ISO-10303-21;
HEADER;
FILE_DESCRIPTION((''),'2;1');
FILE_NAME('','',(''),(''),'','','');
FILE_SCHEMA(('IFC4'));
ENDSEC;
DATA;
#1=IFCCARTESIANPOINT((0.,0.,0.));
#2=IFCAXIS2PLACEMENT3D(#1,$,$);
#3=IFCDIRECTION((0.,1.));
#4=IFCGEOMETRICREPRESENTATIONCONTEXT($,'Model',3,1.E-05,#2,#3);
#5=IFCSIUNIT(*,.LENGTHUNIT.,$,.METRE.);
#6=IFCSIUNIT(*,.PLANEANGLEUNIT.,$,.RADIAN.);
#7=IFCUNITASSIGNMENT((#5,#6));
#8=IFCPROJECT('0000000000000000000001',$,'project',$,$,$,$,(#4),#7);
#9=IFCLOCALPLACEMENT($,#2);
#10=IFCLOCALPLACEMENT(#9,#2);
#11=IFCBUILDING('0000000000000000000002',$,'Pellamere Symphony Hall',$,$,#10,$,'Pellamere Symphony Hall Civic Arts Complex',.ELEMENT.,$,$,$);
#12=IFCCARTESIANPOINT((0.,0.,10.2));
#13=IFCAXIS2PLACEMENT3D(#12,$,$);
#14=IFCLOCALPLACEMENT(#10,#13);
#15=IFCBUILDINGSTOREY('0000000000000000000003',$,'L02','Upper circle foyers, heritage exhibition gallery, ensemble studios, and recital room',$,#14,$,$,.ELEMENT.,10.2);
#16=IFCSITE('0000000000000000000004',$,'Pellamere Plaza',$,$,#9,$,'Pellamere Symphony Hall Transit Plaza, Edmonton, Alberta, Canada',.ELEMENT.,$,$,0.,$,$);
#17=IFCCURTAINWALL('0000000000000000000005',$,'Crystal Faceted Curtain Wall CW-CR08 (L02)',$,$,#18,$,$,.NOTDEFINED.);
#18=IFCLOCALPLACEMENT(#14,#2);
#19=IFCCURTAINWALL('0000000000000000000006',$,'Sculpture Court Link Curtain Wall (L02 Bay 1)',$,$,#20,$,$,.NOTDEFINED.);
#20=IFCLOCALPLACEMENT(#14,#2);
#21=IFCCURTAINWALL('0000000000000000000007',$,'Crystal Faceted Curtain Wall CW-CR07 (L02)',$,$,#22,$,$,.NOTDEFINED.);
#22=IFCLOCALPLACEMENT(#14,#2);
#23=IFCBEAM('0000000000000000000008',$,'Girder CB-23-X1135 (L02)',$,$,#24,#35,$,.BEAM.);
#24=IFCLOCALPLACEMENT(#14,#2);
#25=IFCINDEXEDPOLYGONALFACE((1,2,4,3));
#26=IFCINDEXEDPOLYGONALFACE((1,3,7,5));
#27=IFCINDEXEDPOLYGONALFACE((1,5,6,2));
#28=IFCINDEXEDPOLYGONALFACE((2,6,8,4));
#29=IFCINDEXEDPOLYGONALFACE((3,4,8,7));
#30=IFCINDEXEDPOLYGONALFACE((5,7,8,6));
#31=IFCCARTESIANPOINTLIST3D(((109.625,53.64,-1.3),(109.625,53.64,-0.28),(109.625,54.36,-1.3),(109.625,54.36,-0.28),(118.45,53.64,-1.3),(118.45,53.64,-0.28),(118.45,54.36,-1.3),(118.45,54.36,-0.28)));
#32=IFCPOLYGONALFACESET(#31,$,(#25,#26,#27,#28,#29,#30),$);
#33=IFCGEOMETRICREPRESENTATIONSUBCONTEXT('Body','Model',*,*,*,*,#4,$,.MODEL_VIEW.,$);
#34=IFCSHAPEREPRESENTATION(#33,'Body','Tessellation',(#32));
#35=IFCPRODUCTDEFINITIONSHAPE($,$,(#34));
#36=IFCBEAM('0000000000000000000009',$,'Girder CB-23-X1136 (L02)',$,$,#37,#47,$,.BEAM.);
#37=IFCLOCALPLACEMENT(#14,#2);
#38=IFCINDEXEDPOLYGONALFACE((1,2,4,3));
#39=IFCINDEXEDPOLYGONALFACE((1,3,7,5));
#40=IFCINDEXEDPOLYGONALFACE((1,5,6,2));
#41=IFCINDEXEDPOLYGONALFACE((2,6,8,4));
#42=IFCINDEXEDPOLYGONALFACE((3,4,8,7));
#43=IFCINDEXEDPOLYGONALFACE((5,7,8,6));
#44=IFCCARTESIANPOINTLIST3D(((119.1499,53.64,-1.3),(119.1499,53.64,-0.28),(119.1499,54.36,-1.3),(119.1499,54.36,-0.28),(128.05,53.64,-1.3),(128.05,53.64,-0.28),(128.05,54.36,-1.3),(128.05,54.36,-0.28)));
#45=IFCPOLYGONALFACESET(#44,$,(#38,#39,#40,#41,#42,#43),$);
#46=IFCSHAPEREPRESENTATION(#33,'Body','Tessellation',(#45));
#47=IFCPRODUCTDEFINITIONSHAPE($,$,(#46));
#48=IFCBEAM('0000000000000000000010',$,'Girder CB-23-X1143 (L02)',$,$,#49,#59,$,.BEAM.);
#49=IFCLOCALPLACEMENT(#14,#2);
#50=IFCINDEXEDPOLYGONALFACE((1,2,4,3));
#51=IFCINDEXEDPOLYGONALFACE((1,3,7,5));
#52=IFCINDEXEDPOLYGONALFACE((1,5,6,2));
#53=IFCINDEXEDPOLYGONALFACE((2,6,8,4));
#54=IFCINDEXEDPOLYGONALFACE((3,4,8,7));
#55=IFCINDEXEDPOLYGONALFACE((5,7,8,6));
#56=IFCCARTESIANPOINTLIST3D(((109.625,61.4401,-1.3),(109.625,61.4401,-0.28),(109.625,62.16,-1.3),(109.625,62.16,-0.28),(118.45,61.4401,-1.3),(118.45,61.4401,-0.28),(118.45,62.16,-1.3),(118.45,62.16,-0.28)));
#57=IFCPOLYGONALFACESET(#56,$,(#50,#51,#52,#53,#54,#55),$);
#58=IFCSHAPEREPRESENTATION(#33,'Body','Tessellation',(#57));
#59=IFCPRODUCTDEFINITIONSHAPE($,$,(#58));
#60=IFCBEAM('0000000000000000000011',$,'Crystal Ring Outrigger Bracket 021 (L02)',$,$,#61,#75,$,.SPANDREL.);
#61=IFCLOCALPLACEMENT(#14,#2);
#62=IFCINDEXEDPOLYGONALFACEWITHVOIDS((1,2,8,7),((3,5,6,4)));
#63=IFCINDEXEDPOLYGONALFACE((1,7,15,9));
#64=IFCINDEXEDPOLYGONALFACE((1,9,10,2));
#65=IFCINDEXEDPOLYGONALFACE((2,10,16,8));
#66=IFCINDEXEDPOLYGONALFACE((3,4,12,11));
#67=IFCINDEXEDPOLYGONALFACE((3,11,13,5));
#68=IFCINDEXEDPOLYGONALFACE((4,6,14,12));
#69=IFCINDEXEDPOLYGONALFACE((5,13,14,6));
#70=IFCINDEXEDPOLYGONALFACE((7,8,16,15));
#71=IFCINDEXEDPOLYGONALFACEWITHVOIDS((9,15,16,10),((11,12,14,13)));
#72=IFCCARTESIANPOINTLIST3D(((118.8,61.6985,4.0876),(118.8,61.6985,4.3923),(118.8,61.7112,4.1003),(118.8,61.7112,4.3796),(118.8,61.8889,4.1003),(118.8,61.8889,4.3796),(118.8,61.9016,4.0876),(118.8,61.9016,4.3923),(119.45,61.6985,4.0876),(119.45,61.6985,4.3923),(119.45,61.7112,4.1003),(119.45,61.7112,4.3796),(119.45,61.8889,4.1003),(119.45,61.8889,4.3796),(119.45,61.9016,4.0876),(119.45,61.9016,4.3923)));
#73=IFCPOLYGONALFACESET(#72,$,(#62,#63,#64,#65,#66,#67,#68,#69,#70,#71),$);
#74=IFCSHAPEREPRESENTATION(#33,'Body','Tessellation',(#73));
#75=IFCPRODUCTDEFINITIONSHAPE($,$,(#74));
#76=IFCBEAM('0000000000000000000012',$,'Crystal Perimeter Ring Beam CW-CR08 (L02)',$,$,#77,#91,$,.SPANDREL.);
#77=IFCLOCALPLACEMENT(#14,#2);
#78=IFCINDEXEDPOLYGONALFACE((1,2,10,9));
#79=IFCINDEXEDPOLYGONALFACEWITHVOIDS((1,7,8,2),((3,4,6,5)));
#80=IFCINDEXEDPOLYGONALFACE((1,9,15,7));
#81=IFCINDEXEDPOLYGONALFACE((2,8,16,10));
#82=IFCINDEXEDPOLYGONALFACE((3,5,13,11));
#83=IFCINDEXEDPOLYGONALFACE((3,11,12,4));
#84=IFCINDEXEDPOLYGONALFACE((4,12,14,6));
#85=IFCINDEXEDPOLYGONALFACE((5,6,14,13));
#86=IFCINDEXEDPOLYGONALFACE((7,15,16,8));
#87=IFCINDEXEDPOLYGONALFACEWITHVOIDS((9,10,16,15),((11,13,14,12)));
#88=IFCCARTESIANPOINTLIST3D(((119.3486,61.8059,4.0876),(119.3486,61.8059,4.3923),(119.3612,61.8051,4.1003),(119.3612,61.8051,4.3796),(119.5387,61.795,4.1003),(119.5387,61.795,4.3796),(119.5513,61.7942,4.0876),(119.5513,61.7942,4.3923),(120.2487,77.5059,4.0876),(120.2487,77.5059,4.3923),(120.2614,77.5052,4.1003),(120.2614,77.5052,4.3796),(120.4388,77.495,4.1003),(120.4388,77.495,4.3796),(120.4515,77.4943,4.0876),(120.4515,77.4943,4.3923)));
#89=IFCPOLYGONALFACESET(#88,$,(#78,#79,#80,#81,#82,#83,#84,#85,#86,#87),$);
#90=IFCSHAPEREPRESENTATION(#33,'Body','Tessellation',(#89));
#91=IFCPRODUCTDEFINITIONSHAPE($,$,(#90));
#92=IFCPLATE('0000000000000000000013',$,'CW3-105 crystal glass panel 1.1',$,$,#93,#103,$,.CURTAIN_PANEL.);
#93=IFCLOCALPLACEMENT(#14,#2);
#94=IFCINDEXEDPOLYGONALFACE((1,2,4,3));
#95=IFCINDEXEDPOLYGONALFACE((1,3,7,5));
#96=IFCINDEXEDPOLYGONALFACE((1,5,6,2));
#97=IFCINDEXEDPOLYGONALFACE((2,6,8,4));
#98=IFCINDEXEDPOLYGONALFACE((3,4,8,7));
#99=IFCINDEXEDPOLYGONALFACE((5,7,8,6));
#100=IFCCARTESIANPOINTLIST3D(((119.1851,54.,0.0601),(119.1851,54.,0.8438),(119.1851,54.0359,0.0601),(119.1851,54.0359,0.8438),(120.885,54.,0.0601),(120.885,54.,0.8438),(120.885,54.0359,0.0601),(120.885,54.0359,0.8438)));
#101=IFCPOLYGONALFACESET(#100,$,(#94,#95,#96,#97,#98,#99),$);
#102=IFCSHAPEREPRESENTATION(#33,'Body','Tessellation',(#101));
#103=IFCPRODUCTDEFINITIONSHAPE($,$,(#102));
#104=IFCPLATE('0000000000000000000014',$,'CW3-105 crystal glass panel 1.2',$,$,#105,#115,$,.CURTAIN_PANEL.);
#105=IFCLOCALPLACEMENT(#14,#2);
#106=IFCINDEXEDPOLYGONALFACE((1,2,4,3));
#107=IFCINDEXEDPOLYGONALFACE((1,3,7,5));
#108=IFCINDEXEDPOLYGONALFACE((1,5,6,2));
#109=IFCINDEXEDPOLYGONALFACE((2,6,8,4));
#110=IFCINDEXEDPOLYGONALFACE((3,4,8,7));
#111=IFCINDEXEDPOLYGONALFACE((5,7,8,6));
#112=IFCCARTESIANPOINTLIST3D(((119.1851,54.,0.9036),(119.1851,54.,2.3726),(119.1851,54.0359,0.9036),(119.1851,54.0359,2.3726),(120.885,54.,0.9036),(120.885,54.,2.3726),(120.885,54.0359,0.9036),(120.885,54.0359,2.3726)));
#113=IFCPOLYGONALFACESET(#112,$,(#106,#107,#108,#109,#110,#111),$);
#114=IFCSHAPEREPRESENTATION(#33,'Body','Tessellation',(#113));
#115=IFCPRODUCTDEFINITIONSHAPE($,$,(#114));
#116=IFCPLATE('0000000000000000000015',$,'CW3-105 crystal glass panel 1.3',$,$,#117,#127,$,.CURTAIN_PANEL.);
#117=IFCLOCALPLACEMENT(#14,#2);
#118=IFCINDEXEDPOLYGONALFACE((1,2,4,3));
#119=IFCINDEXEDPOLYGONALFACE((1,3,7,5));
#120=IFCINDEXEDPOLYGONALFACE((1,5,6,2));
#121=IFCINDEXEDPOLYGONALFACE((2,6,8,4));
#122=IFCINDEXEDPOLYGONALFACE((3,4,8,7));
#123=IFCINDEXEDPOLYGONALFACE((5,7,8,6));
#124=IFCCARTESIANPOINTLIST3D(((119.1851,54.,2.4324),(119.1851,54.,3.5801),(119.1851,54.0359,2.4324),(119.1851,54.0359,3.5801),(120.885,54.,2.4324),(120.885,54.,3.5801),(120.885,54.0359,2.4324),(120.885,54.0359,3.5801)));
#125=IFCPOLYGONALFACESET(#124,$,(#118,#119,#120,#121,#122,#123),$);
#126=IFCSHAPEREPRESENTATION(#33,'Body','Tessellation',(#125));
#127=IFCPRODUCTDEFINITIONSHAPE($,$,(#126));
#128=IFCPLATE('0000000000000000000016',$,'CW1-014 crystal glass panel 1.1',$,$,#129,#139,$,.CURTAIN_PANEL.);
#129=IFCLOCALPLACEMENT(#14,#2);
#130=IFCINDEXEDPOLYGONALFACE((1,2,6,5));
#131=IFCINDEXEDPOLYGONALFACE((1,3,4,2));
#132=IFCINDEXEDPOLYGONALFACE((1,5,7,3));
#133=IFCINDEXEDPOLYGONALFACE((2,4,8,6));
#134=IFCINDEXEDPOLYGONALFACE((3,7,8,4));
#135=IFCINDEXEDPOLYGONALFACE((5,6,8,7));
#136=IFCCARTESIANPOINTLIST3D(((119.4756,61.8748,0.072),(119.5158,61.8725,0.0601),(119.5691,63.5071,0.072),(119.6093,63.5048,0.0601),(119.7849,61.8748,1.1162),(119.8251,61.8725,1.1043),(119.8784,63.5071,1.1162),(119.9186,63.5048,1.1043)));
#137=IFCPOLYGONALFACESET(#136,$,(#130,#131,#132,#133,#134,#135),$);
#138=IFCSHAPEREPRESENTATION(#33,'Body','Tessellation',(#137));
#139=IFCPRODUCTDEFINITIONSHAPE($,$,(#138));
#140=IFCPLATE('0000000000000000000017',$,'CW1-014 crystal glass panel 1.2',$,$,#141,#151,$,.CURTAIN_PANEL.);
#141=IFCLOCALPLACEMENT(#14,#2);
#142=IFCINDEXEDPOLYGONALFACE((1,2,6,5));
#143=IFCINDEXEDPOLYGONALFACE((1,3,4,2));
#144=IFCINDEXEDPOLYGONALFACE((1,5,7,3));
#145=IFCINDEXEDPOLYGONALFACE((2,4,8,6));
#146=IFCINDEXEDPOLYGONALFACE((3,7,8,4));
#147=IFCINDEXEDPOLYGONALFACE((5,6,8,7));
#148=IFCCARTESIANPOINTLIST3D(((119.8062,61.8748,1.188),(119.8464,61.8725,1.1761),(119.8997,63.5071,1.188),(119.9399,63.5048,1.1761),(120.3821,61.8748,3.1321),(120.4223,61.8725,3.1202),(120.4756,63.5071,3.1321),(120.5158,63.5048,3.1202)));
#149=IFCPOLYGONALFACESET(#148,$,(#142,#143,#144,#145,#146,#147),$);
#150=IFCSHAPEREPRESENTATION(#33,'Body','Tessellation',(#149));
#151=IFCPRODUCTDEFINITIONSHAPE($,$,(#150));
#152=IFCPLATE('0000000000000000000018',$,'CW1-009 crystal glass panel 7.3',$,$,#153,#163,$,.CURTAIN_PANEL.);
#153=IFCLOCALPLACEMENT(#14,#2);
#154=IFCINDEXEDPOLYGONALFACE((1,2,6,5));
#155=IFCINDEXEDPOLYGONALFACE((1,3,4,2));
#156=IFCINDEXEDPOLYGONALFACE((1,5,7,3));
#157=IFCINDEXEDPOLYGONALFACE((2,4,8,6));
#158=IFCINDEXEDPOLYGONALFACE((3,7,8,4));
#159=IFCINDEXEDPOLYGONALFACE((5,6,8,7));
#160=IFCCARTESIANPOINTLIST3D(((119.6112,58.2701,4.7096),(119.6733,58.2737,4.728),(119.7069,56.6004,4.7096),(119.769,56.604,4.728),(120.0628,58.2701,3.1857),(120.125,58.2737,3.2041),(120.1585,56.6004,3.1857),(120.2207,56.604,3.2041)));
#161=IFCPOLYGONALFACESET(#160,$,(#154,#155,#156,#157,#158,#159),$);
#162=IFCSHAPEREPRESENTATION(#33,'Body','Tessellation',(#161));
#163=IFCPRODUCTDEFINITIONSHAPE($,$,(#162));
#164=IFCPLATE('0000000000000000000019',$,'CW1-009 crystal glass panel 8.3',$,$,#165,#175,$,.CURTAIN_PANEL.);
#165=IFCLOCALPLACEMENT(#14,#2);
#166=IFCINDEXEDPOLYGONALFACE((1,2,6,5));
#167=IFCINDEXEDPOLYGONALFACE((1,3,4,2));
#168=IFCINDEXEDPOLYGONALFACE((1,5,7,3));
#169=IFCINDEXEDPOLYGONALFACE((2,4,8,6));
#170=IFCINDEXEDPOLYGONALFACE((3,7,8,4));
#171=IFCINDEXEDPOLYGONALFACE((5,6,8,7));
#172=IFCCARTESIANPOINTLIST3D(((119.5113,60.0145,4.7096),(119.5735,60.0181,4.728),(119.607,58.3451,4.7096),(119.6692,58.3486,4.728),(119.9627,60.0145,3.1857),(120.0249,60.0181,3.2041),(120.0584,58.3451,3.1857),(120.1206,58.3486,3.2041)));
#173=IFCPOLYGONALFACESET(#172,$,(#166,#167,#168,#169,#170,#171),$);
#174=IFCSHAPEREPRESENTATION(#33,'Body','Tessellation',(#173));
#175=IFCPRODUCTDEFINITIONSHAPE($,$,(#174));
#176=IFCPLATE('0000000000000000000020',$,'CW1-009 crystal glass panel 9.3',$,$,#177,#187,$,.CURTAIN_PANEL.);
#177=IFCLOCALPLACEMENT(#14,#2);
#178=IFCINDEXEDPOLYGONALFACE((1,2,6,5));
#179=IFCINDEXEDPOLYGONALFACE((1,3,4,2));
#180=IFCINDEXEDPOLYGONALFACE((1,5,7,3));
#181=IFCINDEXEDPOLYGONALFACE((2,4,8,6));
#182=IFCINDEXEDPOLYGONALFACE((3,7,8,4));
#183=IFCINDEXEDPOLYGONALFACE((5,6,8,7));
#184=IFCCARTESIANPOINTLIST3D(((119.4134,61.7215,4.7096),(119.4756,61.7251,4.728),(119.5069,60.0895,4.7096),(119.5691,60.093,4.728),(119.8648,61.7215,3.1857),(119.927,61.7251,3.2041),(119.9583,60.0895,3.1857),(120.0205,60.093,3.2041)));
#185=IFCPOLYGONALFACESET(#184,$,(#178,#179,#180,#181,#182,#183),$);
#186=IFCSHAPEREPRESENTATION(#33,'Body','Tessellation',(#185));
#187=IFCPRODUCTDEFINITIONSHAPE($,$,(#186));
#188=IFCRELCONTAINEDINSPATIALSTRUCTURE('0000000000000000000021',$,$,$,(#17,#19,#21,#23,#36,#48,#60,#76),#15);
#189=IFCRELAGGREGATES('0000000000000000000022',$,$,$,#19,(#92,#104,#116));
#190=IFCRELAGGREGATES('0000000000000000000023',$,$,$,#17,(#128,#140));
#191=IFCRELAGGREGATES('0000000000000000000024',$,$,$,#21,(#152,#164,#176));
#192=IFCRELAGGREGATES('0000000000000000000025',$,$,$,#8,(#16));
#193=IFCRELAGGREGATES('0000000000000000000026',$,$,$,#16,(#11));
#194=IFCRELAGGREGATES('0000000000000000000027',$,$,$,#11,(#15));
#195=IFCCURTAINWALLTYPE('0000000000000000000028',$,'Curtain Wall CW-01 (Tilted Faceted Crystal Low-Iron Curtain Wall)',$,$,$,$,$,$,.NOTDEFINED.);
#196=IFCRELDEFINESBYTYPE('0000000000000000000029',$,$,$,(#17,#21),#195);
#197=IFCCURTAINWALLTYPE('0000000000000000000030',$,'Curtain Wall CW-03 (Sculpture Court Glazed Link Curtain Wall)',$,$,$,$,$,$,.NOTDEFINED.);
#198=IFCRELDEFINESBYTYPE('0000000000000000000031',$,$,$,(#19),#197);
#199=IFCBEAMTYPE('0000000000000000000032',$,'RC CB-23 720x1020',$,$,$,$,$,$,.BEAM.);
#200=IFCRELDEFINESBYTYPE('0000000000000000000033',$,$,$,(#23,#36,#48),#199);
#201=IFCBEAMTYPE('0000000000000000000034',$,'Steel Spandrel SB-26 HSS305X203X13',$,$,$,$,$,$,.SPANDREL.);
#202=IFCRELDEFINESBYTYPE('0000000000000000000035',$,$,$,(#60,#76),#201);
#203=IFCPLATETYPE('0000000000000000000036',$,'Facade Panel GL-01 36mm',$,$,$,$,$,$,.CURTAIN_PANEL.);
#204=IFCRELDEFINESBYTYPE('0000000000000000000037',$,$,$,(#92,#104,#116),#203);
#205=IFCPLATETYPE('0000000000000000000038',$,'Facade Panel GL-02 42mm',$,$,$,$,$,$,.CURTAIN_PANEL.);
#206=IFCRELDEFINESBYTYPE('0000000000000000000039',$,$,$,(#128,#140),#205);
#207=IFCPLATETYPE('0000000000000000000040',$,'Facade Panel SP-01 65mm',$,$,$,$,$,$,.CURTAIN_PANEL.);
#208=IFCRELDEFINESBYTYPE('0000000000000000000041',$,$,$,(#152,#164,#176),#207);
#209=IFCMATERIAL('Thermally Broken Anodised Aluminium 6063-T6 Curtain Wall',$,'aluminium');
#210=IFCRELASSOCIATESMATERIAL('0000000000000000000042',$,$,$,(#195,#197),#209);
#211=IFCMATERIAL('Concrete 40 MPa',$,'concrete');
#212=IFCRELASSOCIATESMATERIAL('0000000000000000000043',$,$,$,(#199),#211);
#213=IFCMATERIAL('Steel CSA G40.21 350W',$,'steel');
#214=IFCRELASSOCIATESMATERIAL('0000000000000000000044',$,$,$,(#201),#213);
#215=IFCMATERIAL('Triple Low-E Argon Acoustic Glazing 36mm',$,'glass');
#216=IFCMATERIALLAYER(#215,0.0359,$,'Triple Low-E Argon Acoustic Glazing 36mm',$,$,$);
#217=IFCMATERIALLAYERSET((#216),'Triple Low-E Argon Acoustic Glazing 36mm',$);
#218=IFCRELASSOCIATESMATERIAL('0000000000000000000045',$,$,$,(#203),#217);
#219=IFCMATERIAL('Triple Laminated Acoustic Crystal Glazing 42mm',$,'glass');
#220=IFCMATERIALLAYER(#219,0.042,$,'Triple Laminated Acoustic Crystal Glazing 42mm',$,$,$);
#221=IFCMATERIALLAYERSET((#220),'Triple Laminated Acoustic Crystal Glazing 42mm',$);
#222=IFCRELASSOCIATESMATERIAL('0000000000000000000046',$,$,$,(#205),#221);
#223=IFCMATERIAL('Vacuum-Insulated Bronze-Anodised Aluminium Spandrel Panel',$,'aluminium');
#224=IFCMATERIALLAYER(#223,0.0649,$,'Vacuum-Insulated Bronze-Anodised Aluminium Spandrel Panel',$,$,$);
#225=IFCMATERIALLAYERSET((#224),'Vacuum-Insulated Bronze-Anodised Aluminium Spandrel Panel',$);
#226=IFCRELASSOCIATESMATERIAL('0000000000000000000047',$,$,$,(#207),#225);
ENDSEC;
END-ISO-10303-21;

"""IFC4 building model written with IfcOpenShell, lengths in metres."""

from ifc_helpers import new_model, si_unit, direction, frame, origin, origin_2d, place, context, subcontext, project, spatial, polyline, rectangle, hollow_rectangle, outline, extrude, material, layer, layer_set, material_profile, profile_set, type_object, element, aggregate, save


model = new_model("IFC4")

# Units and contexts
model_context = context("Model", 3, precision=1e-05, world=origin(), true_north=direction((0.0, 1.0)))
body_context = subcontext(model_context, "Body", "Model", "MODEL_VIEW")
ifc_project = project(units=[si_unit("LENGTHUNIT", "METRE"), si_unit("PLANEANGLEUNIT", "RADIAN")], contexts=[model_context])

# Site, building, storey
site_placement = place(None, origin())
site = spatial("IfcSite", under=ifc_project, at=site_placement, Name="Pellamere Plaza", LongName="Pellamere Symphony Hall Transit Plaza, Edmonton, Alberta, Canada", CompositionType="ELEMENT", RefElevation=0.0)
building_placement = place(site_placement, origin())
building = spatial("IfcBuilding", under=site, at=building_placement, Name="Pellamere Symphony Hall", LongName="Pellamere Symphony Hall Civic Arts Complex", CompositionType="ELEMENT")
storey_placement = place(building_placement, frame((0.0, 0.0, 10.2)))
storey = spatial("IfcBuildingStorey", under=building, at=storey_placement, Name="L02", Description="Upper circle foyers, heritage exhibition gallery, ensemble studios, and recital room", CompositionType="ELEMENT", Elevation=10.2)

# Shared definitions
ifc_material_1 = material(Name="Concrete 40 MPa", Category="concrete")

# Curtain walls
ifc_material_2 = material(Name="Thermally Broken Anodised Aluminium 6063-T6 Curtain Wall", Category="aluminium")
curtain_wall_type_1 = type_object("IfcCurtainWallType", Name="Curtain Wall CW-01 (Tilted Faceted Crystal Low-Iron Curtain Wall)", PredefinedType="NOTDEFINED", material=ifc_material_2)
curtain_wall_1_placement = place(storey_placement, origin())
curtain_wall_1 = element("IfcCurtainWall", 1, at=curtain_wall_1_placement, inside=storey, type_object=curtain_wall_type_1, Name="Crystal Faceted Curtain Wall CW-CR08 (L02)", PredefinedType="NOTDEFINED")
curtain_wall_type_2 = type_object("IfcCurtainWallType", Name="Curtain Wall CW-03 (Sculpture Court Glazed Link Curtain Wall)", PredefinedType="NOTDEFINED", material=ifc_material_2)
curtain_wall_2_placement = place(storey_placement, origin())
curtain_wall_2 = element("IfcCurtainWall", 2, at=curtain_wall_2_placement, inside=storey, type_object=curtain_wall_type_2, Name="Sculpture Court Link Curtain Wall (L02 Bay 1)", PredefinedType="NOTDEFINED")

# Curtain wall
curtain_wall_3_placement = place(storey_placement, origin())
curtain_wall_3 = element("IfcCurtainWall", 3, at=curtain_wall_3_placement, inside=storey, type_object=curtain_wall_type_1, Name="Crystal Faceted Curtain Wall CW-CR07 (L02)", PredefinedType="NOTDEFINED")

# Beams
ifc_material_profile_1 = material_profile(ifc_material_1, rectangle(XDim=0.72, YDim=1.02, at=origin_2d()), Name="RC 720x1020")
ifc_profile_set_1 = profile_set([ifc_material_profile_1], Name="Concrete 40 MPa")
beam_type_1 = type_object("IfcBeamType", Name="RC CB-23 720x1020", PredefinedType="BEAM", material=ifc_profile_set_1)
beam_1_placement = place(storey_placement, frame((109.625, 54.0, -0.79), z_axis=(1.0, 0.0, 0.0), x_axis=(0.0, 1.0, 0.0)))
element("IfcBeam", 4, at=beam_1_placement, inside=storey, type_object=beam_type_1, Name="Girder CB-23-X1135 (L02)", PredefinedType="BEAM", context=body_context, shape_type="SweptSolid", body=[
    extrude(rectangle(XDim=0.72, YDim=1.02, at=origin_2d()), origin(), (0.0, 0.0, 1.0), 8.825),
])
beam_2_placement = place(storey_placement, frame((119.1499, 54.0, -0.79), z_axis=(1.0, 0.0, 0.0), x_axis=(0.0, 1.0, 0.0)))
element("IfcBeam", 5, at=beam_2_placement, inside=storey, type_object=beam_type_1, Name="Girder CB-23-X1136 (L02)", PredefinedType="BEAM", context=body_context, shape_type="SweptSolid", body=[
    extrude(rectangle(XDim=0.72, YDim=1.02, at=origin_2d()), origin(), (0.0, 0.0, 1.0), 8.9001),
])
beam_3_placement = place(storey_placement, frame((109.625, 61.8, -0.79), z_axis=(1.0, 0.0, 0.0), x_axis=(0.0, 1.0, 0.0)))
element("IfcBeam", 6, at=beam_3_placement, inside=storey, type_object=beam_type_1, Name="Girder CB-23-X1143 (L02)", PredefinedType="BEAM", context=body_context, shape_type="SweptSolid", body=[
    extrude(rectangle(XDim=0.72, YDim=1.02, at=origin_2d()), origin(), (0.0, 0.0, 1.0), 8.825),
])
ifc_material_3 = material(Name="Steel CSA G40.21 350W", Category="steel")
ifc_material_profile_2 = material_profile(ifc_material_3, hollow_rectangle(XDim=0.2031, YDim=0.3047, WallThickness=0.0127, at=origin_2d()), Name="HSS305X203X13")
ifc_profile_set_2 = profile_set([ifc_material_profile_2], Name="Steel CSA G40.21 350W")
beam_type_2 = type_object("IfcBeamType", Name="Steel Spandrel SB-26 HSS305X203X13", PredefinedType="SPANDREL", material=ifc_profile_set_2)
beam_4_placement = place(storey_placement, frame((118.8, 61.8, 4.24), z_axis=(1.0, 0.0, 0.0), x_axis=(0.0, 1.0, 0.0)))
element("IfcBeam", 7, at=beam_4_placement, inside=storey, type_object=beam_type_2, Name="Crystal Ring Outrigger Bracket 021 (L02)", PredefinedType="SPANDREL", context=body_context, shape_type="SweptSolid", body=[
    extrude(hollow_rectangle(XDim=0.2031, YDim=0.3047, WallThickness=0.0127, at=origin_2d()), origin(), (0.0, 0.0, 1.0), 0.6499),
])
beam_5_placement = place(storey_placement, frame((119.45, 61.8, 4.24), z_axis=(0.05724, 0.99836, 0.0), x_axis=(-0.99836, 0.05724, 0.0)))
element("IfcBeam", 8, at=beam_5_placement, inside=storey, type_object=beam_type_2, Name="Crystal Perimeter Ring Beam CW-CR08 (L02)", PredefinedType="SPANDREL", context=body_context, shape_type="SweptSolid", body=[
    extrude(hollow_rectangle(XDim=0.2031, YDim=0.3047, WallThickness=0.0127, at=origin_2d()), origin(), (0.0, 0.0, 1.0), 15.7258),
])

# Plates
ifc_material_4 = material(Name="Triple Low-E Argon Acoustic Glazing 36mm", Category="glass")
ifc_layer_1 = layer(ifc_material_4, 0.0359, Name="Triple Low-E Argon Acoustic Glazing 36mm")
ifc_layer_set_1 = layer_set([ifc_layer_1], Name="Triple Low-E Argon Acoustic Glazing 36mm")
plate_type_1 = type_object("IfcPlateType", Name="Facade Panel GL-01 36mm", PredefinedType="CURTAIN_PANEL", material=ifc_layer_set_1)
plate_1_placement = place(storey_placement, frame((119.1851, 54.0, 0.0601), z_axis=(0.0, -1.0, 0.0), x_axis=(1.0, 0.0, 0.0)))
plate_1 = element("IfcPlate", 9, at=plate_1_placement, type_object=plate_type_1, Name="CW3-105 crystal glass panel 1.1", PredefinedType="CURTAIN_PANEL", context=body_context, shape_type="SweptSolid", body=[
    extrude(outline(polyline([(0.0, 0.0), (1.7, 0.0), (1.7, 0.7837), (0.0, 0.7837), (0.0, 0.0)])), origin(), (0.0, 0.0, -1.0), 0.0359),
])
plate_2_placement = place(storey_placement, frame((119.1851, 54.0, 0.9036), z_axis=(0.0, -1.0, 0.0), x_axis=(1.0, 0.0, 0.0)))
plate_2 = element("IfcPlate", 10, at=plate_2_placement, type_object=plate_type_1, Name="CW3-105 crystal glass panel 1.2", PredefinedType="CURTAIN_PANEL", context=body_context, shape_type="SweptSolid", body=[
    extrude(outline(polyline([(0.0, 0.0), (1.7, 0.0), (1.7, 1.469), (0.0, 1.469), (0.0, 0.0)])), origin(), (0.0, 0.0, -1.0), 0.0359),
])
plate_3_placement = place(storey_placement, frame((119.1851, 54.0, 2.4324), z_axis=(0.0, -1.0, 0.0), x_axis=(1.0, 0.0, 0.0)))
plate_3 = element("IfcPlate", 11, at=plate_3_placement, type_object=plate_type_1, Name="CW3-105 crystal glass panel 1.3", PredefinedType="CURTAIN_PANEL", context=body_context, shape_type="SweptSolid", body=[
    extrude(outline(polyline([(0.0, 0.0), (1.7, 0.0), (1.7, 1.1477), (0.0, 1.1477), (0.0, 0.0)])), origin(), (0.0, 0.0, -1.0), 0.0359),
])
aggregate(curtain_wall_2, [plate_1, plate_2, plate_3])
ifc_material_5 = material(Name="Triple Laminated Acoustic Crystal Glazing 42mm", Category="glass")
ifc_layer_2 = layer(ifc_material_5, 0.042, Name="Triple Laminated Acoustic Crystal Glazing 42mm")
ifc_layer_set_2 = layer_set([ifc_layer_2], Name="Triple Laminated Acoustic Crystal Glazing 42mm")
plate_type_2 = type_object("IfcPlateType", Name="Facade Panel GL-02 42mm", PredefinedType="CURTAIN_PANEL", material=ifc_layer_set_2)
plate_4_placement = place(storey_placement, frame((119.4756, 61.8748, 0.072), z_axis=(-0.957371, 0.054842, 0.283607), x_axis=(0.05719, 0.998363, 0.0)))
plate_4 = element("IfcPlate", 12, at=plate_4_placement, type_object=plate_type_2, Name="CW1-014 crystal glass panel 1.1", PredefinedType="CURTAIN_PANEL", context=body_context, shape_type="SweptSolid", body=[
    extrude(outline(polyline([(0.0, 0.0), (1.635, 0.0), (1.6527, -1.0889), (0.0177, -1.0889), (0.0, 0.0)])), origin(), (0.0, 0.0, -1.0), 0.042),
])
plate_5_placement = place(storey_placement, frame((119.8062, 61.8748, 1.188), z_axis=(-0.957369, 0.054842, 0.283616), x_axis=(0.05719, 0.998363, 0.0)))
plate_5 = element("IfcPlate", 13, at=plate_5_placement, type_object=plate_type_2, Name="CW1-014 crystal glass panel 1.2", PredefinedType="CURTAIN_PANEL", context=body_context, shape_type="SweptSolid", body=[
    extrude(outline(polyline([(0.0, 0.0), (1.635, 0.0), (1.6679, -2.0273), (0.0329, -2.0273), (0.0, 0.0)])), origin(), (0.0, 0.0, -1.0), 0.042),
])
aggregate(curtain_wall_1, [plate_4, plate_5])
ifc_material_6 = material(Name="Vacuum-Insulated Bronze-Anodised Aluminium Spandrel Panel", Category="aluminium")
ifc_layer_3 = layer(ifc_material_6, 0.0649, Name="Vacuum-Insulated Bronze-Anodised Aluminium Spandrel Panel")
ifc_layer_set_3 = layer_set([ifc_layer_3], Name="Vacuum-Insulated Bronze-Anodised Aluminium Spandrel Panel")
plate_type_3 = type_object("IfcPlateType", Name="Facade Panel SP-01 65mm", PredefinedType="CURTAIN_PANEL", material=ifc_layer_set_3)
plate_6_placement = place(storey_placement, frame((120.2207, 56.604, 3.2041), z_axis=(0.957332, 0.054873, 0.283733), x_axis=(-0.057224, 0.998361, 0.0)))
plate_6 = element("IfcPlate", 14, at=plate_6_placement, type_object=plate_type_3, Name="CW1-009 crystal glass panel 7.3", PredefinedType="CURTAIN_PANEL", context=body_context, shape_type="SweptSolid", body=[
    extrude(outline(polyline([(0.0, 0.0), (1.6724, 0.0), (1.6983, 1.5892), (0.0258, 1.5892), (0.0, 0.0)])), origin(), (0.0, 0.0, -1.0), 0.0649),
])
plate_7_placement = place(storey_placement, frame((120.1206, 58.3486, 3.2041), z_axis=(0.957373, 0.054883, 0.283592), x_axis=(-0.057233, 0.998361, 0.0)))
plate_7 = element("IfcPlate", 15, at=plate_7_placement, type_object=plate_type_3, Name="CW1-009 crystal glass panel 8.3", PredefinedType="CURTAIN_PANEL", context=body_context, shape_type="SweptSolid", body=[
    extrude(outline(polyline([(0.0, 0.0), (1.6722, 0.0), (1.698, 1.5892), (0.0258, 1.5892), (0.0, 0.0)])), origin(), (0.0, 0.0, -1.0), 0.0649),
])
plate_8_placement = place(storey_placement, frame((120.0205, 60.093, 3.2041), z_axis=(0.957375, 0.05485, 0.283593), x_axis=(-0.057199, 0.998363, 0.0)))
plate_8 = element("IfcPlate", 16, at=plate_8_placement, type_object=plate_type_3, Name="CW1-009 crystal glass panel 9.3", PredefinedType="CURTAIN_PANEL", context=body_context, shape_type="SweptSolid", body=[
    extrude(outline(polyline([(0.0, 0.0), (1.6348, 0.0), (1.6606, 1.5892), (0.0258, 1.5892), (0.0, 0.0)])), origin(), (0.0, 0.0, -1.0), 0.0649),
])
aggregate(curtain_wall_3, [plate_6, plate_7, plate_8])

save(model, "model.ifc")
